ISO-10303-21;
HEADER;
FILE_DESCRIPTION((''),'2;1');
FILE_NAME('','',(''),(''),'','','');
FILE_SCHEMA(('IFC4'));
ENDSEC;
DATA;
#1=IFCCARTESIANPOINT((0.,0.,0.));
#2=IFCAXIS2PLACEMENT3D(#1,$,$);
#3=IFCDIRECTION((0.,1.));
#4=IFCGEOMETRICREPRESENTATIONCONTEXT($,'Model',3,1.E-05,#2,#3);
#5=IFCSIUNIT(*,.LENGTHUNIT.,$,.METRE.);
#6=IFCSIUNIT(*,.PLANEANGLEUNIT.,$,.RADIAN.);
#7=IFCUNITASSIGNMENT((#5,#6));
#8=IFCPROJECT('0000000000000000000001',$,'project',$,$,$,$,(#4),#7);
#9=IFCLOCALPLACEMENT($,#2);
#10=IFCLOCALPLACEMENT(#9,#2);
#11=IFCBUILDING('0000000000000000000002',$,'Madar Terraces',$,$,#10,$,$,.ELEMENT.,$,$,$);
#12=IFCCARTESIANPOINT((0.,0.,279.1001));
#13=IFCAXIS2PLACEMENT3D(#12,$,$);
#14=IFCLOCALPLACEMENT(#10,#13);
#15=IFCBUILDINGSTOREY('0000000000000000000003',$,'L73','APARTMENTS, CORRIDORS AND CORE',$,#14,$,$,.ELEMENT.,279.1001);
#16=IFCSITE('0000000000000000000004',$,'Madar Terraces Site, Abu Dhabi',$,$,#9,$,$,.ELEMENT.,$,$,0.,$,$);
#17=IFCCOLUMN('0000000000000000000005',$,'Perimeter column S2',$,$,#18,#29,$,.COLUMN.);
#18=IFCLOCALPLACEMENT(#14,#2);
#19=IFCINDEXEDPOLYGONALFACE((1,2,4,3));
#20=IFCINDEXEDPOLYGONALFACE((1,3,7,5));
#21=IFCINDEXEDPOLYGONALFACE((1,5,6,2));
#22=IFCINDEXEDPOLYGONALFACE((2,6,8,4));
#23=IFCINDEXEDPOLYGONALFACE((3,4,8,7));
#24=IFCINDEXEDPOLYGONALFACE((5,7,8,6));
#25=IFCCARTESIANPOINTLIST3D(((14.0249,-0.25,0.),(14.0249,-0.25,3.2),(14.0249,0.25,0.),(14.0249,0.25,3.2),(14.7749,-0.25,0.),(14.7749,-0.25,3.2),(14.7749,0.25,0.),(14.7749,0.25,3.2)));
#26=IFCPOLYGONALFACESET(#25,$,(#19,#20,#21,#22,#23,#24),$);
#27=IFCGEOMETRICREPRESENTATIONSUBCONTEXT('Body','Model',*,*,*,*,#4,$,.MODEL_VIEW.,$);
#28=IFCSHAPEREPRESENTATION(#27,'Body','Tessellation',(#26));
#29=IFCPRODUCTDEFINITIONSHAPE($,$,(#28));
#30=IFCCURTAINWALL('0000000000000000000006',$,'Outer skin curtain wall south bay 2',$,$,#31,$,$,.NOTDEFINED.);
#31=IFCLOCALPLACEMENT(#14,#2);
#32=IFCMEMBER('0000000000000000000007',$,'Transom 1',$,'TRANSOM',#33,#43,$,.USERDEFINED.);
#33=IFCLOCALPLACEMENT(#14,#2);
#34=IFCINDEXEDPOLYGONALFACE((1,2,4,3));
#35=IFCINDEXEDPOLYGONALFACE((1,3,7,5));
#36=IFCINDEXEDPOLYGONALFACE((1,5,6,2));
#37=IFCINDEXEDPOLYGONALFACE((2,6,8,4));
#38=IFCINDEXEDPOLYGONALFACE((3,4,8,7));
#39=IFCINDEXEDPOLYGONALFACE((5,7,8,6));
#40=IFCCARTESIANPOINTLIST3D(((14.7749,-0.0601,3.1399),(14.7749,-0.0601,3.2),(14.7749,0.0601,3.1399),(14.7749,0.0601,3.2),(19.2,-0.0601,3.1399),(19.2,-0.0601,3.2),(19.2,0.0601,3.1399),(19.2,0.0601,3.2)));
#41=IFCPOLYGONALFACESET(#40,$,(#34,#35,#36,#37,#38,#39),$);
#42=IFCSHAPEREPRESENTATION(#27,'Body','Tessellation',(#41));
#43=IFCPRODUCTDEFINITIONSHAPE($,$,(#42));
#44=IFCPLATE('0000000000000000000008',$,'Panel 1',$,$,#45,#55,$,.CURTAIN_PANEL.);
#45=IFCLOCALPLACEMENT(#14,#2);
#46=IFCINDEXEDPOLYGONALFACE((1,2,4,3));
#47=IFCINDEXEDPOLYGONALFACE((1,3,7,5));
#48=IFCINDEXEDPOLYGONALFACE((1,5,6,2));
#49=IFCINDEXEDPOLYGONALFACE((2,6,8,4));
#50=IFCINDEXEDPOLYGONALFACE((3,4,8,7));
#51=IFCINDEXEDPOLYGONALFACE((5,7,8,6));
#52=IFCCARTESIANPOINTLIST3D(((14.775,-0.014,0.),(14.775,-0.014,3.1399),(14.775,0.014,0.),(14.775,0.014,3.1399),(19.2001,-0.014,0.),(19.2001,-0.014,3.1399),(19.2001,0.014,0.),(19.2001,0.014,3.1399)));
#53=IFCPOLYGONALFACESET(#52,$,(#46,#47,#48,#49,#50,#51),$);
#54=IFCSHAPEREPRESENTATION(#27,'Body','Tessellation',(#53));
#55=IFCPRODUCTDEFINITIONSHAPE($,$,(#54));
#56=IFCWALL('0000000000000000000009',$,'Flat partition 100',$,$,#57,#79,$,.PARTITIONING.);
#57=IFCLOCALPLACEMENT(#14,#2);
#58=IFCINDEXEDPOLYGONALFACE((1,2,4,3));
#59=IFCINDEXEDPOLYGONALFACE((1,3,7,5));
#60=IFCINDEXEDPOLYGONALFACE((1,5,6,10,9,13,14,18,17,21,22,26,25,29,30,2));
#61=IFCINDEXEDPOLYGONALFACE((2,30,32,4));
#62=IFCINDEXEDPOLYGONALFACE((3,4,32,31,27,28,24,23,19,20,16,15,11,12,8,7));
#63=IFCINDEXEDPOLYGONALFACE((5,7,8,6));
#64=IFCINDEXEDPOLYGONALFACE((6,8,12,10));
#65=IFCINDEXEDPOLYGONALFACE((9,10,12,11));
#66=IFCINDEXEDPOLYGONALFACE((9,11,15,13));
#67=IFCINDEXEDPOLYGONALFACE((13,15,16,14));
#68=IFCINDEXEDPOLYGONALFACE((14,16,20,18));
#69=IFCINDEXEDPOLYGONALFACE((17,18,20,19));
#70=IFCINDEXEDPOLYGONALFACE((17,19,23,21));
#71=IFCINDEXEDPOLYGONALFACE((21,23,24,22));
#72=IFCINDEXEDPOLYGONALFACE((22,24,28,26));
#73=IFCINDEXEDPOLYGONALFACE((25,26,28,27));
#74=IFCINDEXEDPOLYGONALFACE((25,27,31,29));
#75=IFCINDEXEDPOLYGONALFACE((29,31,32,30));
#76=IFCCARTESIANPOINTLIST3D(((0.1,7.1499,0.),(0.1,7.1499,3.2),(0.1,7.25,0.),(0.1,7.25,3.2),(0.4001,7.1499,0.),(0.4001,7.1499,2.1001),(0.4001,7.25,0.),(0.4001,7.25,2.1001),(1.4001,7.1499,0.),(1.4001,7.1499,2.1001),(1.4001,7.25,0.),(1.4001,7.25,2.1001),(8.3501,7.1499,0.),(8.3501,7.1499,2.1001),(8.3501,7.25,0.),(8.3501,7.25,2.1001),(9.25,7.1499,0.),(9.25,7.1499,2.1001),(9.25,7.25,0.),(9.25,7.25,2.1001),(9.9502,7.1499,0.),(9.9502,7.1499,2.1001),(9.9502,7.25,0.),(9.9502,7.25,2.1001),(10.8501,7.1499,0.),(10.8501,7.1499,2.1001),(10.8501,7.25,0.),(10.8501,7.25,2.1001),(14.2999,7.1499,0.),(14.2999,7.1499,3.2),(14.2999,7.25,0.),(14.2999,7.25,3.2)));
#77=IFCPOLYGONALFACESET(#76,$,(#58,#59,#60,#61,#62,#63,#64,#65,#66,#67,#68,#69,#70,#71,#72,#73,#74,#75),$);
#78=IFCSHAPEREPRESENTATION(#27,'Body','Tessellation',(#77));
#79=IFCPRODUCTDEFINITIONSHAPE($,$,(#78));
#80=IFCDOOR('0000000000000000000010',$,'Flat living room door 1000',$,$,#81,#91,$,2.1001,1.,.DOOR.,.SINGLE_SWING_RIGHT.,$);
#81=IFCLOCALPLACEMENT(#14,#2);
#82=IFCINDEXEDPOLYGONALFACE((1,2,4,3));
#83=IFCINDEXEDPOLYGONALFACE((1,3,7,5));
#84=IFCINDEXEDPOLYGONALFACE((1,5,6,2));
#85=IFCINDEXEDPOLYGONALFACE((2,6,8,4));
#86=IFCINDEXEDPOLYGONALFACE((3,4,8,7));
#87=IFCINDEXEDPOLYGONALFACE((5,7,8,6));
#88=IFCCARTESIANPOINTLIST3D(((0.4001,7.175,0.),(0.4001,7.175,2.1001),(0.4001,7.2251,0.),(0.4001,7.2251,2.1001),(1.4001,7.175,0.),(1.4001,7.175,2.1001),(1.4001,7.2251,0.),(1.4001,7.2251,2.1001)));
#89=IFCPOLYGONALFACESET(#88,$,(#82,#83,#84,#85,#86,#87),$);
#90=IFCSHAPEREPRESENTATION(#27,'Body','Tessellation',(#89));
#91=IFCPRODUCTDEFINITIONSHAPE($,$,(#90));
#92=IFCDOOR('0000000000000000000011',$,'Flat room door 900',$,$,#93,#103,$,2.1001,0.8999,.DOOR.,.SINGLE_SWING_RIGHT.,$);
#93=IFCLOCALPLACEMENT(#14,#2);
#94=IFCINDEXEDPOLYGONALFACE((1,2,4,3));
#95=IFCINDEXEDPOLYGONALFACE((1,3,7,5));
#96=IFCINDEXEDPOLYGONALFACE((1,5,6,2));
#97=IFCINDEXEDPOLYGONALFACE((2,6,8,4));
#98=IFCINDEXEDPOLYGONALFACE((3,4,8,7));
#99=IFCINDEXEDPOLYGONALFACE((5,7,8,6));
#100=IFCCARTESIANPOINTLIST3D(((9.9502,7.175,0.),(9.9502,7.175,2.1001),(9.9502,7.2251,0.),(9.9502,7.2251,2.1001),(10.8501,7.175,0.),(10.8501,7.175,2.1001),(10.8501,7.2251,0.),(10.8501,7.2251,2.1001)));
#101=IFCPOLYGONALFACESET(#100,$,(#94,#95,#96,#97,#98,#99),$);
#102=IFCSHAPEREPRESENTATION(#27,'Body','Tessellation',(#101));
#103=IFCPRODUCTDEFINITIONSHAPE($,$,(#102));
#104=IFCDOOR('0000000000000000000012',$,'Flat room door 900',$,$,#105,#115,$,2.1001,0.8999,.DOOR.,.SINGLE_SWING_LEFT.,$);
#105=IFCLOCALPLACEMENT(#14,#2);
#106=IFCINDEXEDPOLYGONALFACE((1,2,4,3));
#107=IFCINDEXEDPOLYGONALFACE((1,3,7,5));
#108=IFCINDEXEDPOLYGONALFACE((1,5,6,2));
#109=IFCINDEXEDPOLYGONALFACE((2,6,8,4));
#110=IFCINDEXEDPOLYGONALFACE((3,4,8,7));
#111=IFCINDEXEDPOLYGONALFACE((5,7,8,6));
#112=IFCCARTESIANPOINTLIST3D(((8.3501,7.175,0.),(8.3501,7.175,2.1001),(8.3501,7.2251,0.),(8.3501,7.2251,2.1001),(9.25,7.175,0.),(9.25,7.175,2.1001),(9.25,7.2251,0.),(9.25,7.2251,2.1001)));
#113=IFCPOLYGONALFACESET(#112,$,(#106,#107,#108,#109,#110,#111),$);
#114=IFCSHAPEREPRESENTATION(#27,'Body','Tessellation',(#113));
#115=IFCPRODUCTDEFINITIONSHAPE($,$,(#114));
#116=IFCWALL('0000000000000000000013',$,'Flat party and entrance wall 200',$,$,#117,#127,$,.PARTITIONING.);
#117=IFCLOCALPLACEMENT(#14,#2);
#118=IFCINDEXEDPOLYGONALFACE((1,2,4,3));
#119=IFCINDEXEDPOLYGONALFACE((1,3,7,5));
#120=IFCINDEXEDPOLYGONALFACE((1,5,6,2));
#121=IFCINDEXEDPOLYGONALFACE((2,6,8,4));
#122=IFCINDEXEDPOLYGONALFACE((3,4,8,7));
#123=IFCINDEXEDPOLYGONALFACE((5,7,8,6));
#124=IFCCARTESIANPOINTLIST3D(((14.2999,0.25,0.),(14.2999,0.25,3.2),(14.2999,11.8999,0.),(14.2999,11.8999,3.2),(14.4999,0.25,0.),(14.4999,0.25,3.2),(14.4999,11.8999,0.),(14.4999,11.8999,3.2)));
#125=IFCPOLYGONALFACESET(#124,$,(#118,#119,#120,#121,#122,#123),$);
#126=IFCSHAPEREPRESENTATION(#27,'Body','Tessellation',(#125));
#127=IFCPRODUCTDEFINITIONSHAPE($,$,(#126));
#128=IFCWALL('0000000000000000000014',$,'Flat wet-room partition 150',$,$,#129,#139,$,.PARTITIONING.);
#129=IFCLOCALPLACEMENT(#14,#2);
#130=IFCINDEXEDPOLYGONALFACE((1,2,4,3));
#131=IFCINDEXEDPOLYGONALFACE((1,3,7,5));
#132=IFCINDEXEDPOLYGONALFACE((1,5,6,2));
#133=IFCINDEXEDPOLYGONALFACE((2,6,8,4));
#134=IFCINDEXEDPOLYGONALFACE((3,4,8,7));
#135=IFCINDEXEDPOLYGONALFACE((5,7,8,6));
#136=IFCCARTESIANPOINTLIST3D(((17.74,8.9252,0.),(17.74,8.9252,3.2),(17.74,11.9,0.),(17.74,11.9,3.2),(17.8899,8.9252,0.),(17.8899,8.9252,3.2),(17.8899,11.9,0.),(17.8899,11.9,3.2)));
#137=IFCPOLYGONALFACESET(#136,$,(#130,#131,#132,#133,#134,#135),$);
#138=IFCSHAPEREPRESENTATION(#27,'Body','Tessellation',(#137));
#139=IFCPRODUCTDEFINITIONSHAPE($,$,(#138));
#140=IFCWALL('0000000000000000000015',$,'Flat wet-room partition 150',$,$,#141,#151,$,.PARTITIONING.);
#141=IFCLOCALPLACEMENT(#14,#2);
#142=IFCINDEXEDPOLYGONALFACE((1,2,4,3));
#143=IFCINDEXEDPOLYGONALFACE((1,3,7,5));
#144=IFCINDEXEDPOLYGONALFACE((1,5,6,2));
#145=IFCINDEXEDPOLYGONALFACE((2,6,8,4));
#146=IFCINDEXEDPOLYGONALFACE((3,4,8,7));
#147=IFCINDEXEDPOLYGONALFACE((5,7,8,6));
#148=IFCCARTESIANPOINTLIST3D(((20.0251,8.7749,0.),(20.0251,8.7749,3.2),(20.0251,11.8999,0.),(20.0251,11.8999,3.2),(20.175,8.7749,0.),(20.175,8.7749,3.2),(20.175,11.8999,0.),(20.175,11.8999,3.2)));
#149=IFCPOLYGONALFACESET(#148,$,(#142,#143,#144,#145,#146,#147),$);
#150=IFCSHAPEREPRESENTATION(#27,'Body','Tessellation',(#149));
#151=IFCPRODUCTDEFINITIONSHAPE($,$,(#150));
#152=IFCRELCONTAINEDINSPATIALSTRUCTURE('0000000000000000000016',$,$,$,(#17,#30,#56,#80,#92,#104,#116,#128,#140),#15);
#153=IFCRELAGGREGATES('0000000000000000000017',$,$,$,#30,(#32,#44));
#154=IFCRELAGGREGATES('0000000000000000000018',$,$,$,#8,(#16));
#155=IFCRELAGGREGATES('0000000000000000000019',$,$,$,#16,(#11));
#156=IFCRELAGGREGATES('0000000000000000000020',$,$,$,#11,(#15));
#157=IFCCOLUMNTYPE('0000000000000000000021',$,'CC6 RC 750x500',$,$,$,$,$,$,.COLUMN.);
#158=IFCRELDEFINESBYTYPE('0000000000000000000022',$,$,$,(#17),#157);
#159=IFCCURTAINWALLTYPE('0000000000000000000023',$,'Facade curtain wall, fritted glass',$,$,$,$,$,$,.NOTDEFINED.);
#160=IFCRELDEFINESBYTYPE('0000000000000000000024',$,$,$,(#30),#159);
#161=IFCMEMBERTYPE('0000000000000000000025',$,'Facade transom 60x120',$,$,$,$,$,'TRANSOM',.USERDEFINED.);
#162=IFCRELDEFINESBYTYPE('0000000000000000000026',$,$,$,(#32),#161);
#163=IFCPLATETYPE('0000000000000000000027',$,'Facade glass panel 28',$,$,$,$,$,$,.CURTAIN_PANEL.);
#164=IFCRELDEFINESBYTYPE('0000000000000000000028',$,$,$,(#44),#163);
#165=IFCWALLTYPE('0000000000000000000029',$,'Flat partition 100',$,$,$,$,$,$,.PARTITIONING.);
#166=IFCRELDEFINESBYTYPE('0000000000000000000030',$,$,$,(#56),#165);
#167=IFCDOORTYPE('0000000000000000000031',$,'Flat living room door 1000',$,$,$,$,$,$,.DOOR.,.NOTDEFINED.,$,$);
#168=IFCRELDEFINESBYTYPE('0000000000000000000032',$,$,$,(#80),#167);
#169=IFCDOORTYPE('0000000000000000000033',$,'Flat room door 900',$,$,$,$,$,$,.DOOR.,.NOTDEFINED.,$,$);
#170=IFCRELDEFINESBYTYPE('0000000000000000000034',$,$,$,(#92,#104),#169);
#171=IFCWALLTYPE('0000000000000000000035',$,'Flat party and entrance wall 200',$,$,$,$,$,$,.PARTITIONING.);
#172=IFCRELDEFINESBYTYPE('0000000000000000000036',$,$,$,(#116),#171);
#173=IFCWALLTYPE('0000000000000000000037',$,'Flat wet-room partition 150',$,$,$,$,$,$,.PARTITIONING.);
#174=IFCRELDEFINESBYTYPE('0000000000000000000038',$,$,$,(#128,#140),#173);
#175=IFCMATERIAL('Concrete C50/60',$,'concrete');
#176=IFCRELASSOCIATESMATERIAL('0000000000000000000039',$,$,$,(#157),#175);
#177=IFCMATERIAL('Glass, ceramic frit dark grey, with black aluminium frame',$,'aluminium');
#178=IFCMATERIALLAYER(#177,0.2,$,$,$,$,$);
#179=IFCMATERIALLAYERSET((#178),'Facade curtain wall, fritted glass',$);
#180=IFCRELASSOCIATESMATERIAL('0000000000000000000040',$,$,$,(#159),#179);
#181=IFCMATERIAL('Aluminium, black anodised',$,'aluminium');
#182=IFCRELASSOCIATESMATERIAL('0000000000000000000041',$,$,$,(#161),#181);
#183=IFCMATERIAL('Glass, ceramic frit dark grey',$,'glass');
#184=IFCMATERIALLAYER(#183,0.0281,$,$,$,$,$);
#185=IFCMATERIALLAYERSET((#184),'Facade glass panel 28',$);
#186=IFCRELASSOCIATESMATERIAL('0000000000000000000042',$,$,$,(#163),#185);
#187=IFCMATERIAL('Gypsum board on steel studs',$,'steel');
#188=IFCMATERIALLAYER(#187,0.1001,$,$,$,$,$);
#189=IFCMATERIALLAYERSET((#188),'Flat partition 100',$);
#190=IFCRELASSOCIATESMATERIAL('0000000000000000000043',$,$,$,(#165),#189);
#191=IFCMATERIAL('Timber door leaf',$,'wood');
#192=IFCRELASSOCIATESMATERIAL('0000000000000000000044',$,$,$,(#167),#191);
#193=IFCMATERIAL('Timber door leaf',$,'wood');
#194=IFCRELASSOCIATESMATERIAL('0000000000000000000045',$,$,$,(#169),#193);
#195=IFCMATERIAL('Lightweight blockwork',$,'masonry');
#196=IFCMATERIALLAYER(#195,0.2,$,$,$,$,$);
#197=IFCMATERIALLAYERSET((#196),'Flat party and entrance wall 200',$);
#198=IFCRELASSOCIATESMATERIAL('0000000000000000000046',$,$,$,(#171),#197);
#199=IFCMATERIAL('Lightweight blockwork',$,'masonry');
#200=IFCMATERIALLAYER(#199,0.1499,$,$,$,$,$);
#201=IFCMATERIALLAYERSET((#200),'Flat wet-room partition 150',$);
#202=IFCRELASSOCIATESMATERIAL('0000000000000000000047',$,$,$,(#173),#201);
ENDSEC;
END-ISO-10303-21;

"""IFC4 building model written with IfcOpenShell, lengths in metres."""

from ifc_helpers import new_model, si_unit, direction, frame, frame_2d, origin, origin_2d, place, context, subcontext, project, spatial, rectangle, extrude, material, layer, layer_set, material_profile, profile_set, type_object, element, fill, aggregate, save


model = new_model("IFC4")

# Units and contexts
model_context = context("Model", 3, precision=1e-05, world=origin(), true_north=direction((0.0, 1.0)))
body_context = subcontext(model_context, "Body", "Model", "MODEL_VIEW")
ifc_project = project(units=[si_unit("LENGTHUNIT", "METRE"), si_unit("PLANEANGLEUNIT", "RADIAN")], contexts=[model_context])

# Site, building, storey
site_placement = place(None, origin())
site = spatial("IfcSite", under=ifc_project, at=site_placement, Name="Madar Terraces Site, Abu Dhabi", CompositionType="ELEMENT", RefElevation=0.0)
building_placement = place(site_placement, origin())
building = spatial("IfcBuilding", under=site, at=building_placement, Name="Madar Terraces", CompositionType="ELEMENT")
storey_placement = place(building_placement, frame((0.0, 0.0, 279.1001)))
storey = spatial("IfcBuildingStorey", under=building, at=storey_placement, Name="L73", Description="APARTMENTS, CORRIDORS AND CORE", CompositionType="ELEMENT", Elevation=279.1001)

# Column
ifc_material_1 = material(Name="Concrete C50/60", Category="concrete")
ifc_material_profile_1 = material_profile(ifc_material_1, rectangle(XDim=0.75, YDim=0.5, at=origin_2d()), Name="CC6 RC 750x500")
ifc_profile_set_1 = profile_set([ifc_material_profile_1], Name="Concrete C50/60")
column_type = type_object("IfcColumnType", Name="CC6 RC 750x500", PredefinedType="COLUMN", material=ifc_profile_set_1)
column_placement = place(storey_placement, frame((14.3999, 0.0, 0.0), z_axis=(0.0, 0.0, 1.0), x_axis=(1.0, 0.0, 0.0)))
element("IfcColumn", 1, at=column_placement, inside=storey, type_object=column_type, Name="Perimeter column S2", PredefinedType="COLUMN", context=body_context, shape_type="SweptSolid", body=[
    extrude(rectangle(XDim=0.75, YDim=0.5, at=origin_2d()), origin(), (0.0, 0.0, 1.0), 3.2),
])

# Curtain wall, member, plate
ifc_material_2 = material(Name="Glass, ceramic frit dark grey, with black aluminium frame", Category="aluminium")
ifc_layer_1 = layer(ifc_material_2, 0.2)
ifc_layer_set_1 = layer_set([ifc_layer_1], Name="Facade curtain wall, fritted glass")
curtain_wall_type = type_object("IfcCurtainWallType", Name="Facade curtain wall, fritted glass", PredefinedType="NOTDEFINED", material=ifc_layer_set_1)
curtain_wall_placement = place(storey_placement, origin())
curtain_wall = element("IfcCurtainWall", 2, at=curtain_wall_placement, inside=storey, type_object=curtain_wall_type, Name="Outer skin curtain wall south bay 2", PredefinedType="NOTDEFINED")
ifc_material_3 = material(Name="Aluminium, black anodised", Category="aluminium")
ifc_material_profile_2 = material_profile(ifc_material_3, rectangle(XDim=0.1201, YDim=0.0601, at=origin_2d()), Name="Facade transom 60x120")
ifc_profile_set_2 = profile_set([ifc_material_profile_2], Name="Aluminium, black anodised")
member_type = type_object("IfcMemberType", Name="Facade transom 60x120", ElementType="TRANSOM", PredefinedType="USERDEFINED", material=ifc_profile_set_2)
member_placement = place(storey_placement, frame((14.7749, 0.0, 3.1699), z_axis=(1.0, 0.0, 0.0), x_axis=(0.0, 1.0, 0.0)))
member = element("IfcMember", 3, at=member_placement, type_object=member_type, Name="Transom 1", ObjectType="TRANSOM", PredefinedType="USERDEFINED", context=body_context, shape_type="SweptSolid", body=[
    extrude(rectangle(XDim=0.1201, YDim=0.0601, at=origin_2d()), origin(), (0.0, 0.0, 1.0), 4.425),
])
ifc_material_4 = material(Name="Glass, ceramic frit dark grey", Category="glass")
ifc_layer_2 = layer(ifc_material_4, 0.0281)
ifc_layer_set_2 = layer_set([ifc_layer_2], Name="Facade glass panel 28")
plate_type = type_object("IfcPlateType", Name="Facade glass panel 28", PredefinedType="CURTAIN_PANEL", material=ifc_layer_set_2)
plate_placement = place(storey_placement, frame((16.9875, 0.0, 0.0), z_axis=(0.0, 0.0, 1.0), x_axis=(1.0, 0.0, 0.0)))
plate = element("IfcPlate", 4, at=plate_placement, type_object=plate_type, Name="Panel 1", PredefinedType="CURTAIN_PANEL", context=body_context, shape_type="SweptSolid", body=[
    extrude(rectangle(XDim=4.425, YDim=0.0281, at=origin_2d()), origin(), (0.0, 0.0, 1.0), 3.1399),
])
aggregate(curtain_wall, [member, plate])

# Wall, openings, doors
ifc_material_5 = material(Name="Gypsum board on steel studs", Category="steel")
ifc_layer_3 = layer(ifc_material_5, 0.1001)
ifc_layer_set_3 = layer_set([ifc_layer_3], Name="Flat partition 100")
wall_type_1 = type_object("IfcWallType", Name="Flat partition 100", PredefinedType="PARTITIONING", material=ifc_layer_set_3)
wall_1_placement = place(storey_placement, frame((14.3, 7.2, 0.0), z_axis=(0.0, 0.0, 1.0), x_axis=(-1.0, 0.0, 0.0)))
wall_1 = element("IfcWall", 5, at=wall_1_placement, inside=storey, type_object=wall_type_1, Name="Flat partition 100", PredefinedType="PARTITIONING", context=body_context, shape_type="SweptSolid", body=[
    extrude(rectangle(XDim=14.2, YDim=0.1001, at=frame_2d((7.1001, 0.0))), origin(), (0.0, 0.0, 1.0), 3.2),
])
opening_1_placement = place(wall_1_placement, frame((3.45, 0.0, 0.0)))
opening_1 = element("IfcOpeningElement", 6, at=opening_1_placement, cuts=wall_1, PredefinedType="OPENING", context=body_context, shape_type="SweptSolid", body=[
    extrude(rectangle(XDim=0.8999, YDim=2.1001, at=frame_2d((0.45, 1.05))), frame((0.0, 0.0601, 0.0), z_axis=(0.0, -1.0, 0.0), x_axis=(1.0, 0.0, 0.0)), (0.0, 0.0, 1.0), 0.1201),
])
opening_2_placement = place(wall_1_placement, frame((5.05, 0.0, 0.0)))
opening_2 = element("IfcOpeningElement", 7, at=opening_2_placement, cuts=wall_1, PredefinedType="OPENING", context=body_context, shape_type="SweptSolid", body=[
    extrude(rectangle(XDim=0.8999, YDim=2.1001, at=frame_2d((0.45, 1.05))), frame((0.0, 0.0601, 0.0), z_axis=(0.0, -1.0, 0.0), x_axis=(1.0, 0.0, 0.0)), (0.0, 0.0, 1.0), 0.1201),
])
opening_3_placement = place(wall_1_placement, frame((12.8999, 0.0, 0.0)))
opening_3 = element("IfcOpeningElement", 8, at=opening_3_placement, cuts=wall_1, PredefinedType="OPENING", context=body_context, shape_type="SweptSolid", body=[
    extrude(rectangle(XDim=1.0, YDim=2.1001, at=frame_2d((0.5, 1.05))), frame((0.0, 0.0601, 0.0), z_axis=(0.0, -1.0, 0.0), x_axis=(1.0, 0.0, 0.0)), (0.0, 0.0, 1.0), 0.1201),
])
ifc_material_6 = material(Name="Timber door leaf", Category="wood")
door_type_1 = type_object("IfcDoorType", Name="Flat living room door 1000", OperationType="NOTDEFINED", PredefinedType="DOOR", material=ifc_material_6)
door_1_placement = place(opening_3_placement, origin())
door_1 = element("IfcDoor", 9, at=door_1_placement, inside=storey, type_object=door_type_1, Name="Flat living room door 1000", OperationType="SINGLE_SWING_RIGHT", OverallHeight=2.1001, OverallWidth=1.0, PredefinedType="DOOR", context=body_context, shape_type="SweptSolid", body=[
    extrude(rectangle(XDim=1.0, YDim=2.1001, at=frame_2d((0.5, 1.05))), frame((0.0, 0.0249, 0.0), z_axis=(0.0, -1.0, 0.0), x_axis=(1.0, 0.0, 0.0)), (0.0, 0.0, 1.0), 0.05),
])
fill(opening_3, door_1)
ifc_material_7 = material(Name="Timber door leaf", Category="wood")
door_type_2 = type_object("IfcDoorType", Name="Flat room door 900", OperationType="NOTDEFINED", PredefinedType="DOOR", material=ifc_material_7)
door_2_placement = place(opening_1_placement, origin())
door_2 = element("IfcDoor", 10, at=door_2_placement, inside=storey, type_object=door_type_2, Name="Flat room door 900", OperationType="SINGLE_SWING_RIGHT", OverallHeight=2.1001, OverallWidth=0.8999, PredefinedType="DOOR", context=body_context, shape_type="SweptSolid", body=[
    extrude(rectangle(XDim=0.8999, YDim=2.1001, at=frame_2d((0.45, 1.05))), frame((0.0, 0.0249, 0.0), z_axis=(0.0, -1.0, 0.0), x_axis=(1.0, 0.0, 0.0)), (0.0, 0.0, 1.0), 0.05),
])
fill(opening_1, door_2)
door_3_placement = place(opening_2_placement, origin())
door_3 = element("IfcDoor", 11, at=door_3_placement, inside=storey, type_object=door_type_2, Name="Flat room door 900", OperationType="SINGLE_SWING_LEFT", OverallHeight=2.1001, OverallWidth=0.8999, PredefinedType="DOOR", context=body_context, shape_type="SweptSolid", body=[
    extrude(rectangle(XDim=0.8999, YDim=2.1001, at=frame_2d((0.45, 1.05))), frame((0.0, 0.0249, 0.0), z_axis=(0.0, -1.0, 0.0), x_axis=(1.0, 0.0, 0.0)), (0.0, 0.0, 1.0), 0.05),
])
fill(opening_2, door_3)

# Walls
ifc_material_8 = material(Name="Lightweight blockwork", Category="masonry")
ifc_layer_4 = layer(ifc_material_8, 0.2)
ifc_layer_set_4 = layer_set([ifc_layer_4], Name="Flat party and entrance wall 200")
wall_type_2 = type_object("IfcWallType", Name="Flat party and entrance wall 200", PredefinedType="PARTITIONING", material=ifc_layer_set_4)
wall_2_placement = place(storey_placement, frame((14.3999, 11.8999, 0.0), z_axis=(0.0, 0.0, 1.0), x_axis=(0.0, -1.0, 0.0)))
element("IfcWall", 12, at=wall_2_placement, inside=storey, type_object=wall_type_2, Name="Flat party and entrance wall 200", PredefinedType="PARTITIONING", context=body_context, shape_type="SweptSolid", body=[
    extrude(rectangle(XDim=11.6499, YDim=0.2, at=frame_2d((5.825, 0.0))), origin(), (0.0, 0.0, 1.0), 3.2),
])
ifc_material_9 = material(Name="Lightweight blockwork", Category="masonry")
ifc_layer_5 = layer(ifc_material_9, 0.1499)
ifc_layer_set_5 = layer_set([ifc_layer_5], Name="Flat wet-room partition 150")
wall_type_3 = type_object("IfcWallType", Name="Flat wet-room partition 150", PredefinedType="PARTITIONING", material=ifc_layer_set_5)
wall_3_placement = place(storey_placement, frame((17.8149, 11.8999, 0.0), z_axis=(0.0, 0.0, 1.0), x_axis=(0.0, -1.0, 0.0)))
element("IfcWall", 13, at=wall_3_placement, inside=storey, type_object=wall_type_3, Name="Flat wet-room partition 150", PredefinedType="PARTITIONING", context=body_context, shape_type="SweptSolid", body=[
    extrude(rectangle(XDim=2.9749, YDim=0.1499, at=frame_2d((1.4873, 0.0))), origin(), (0.0, 0.0, 1.0), 3.2),
])
wall_4_placement = place(storey_placement, frame((20.1001, 11.8999, 0.0), z_axis=(0.0, 0.0, 1.0), x_axis=(0.0, -1.0, 0.0)))
element("IfcWall", 14, at=wall_4_placement, inside=storey, type_object=wall_type_3, Name="Flat wet-room partition 150", PredefinedType="PARTITIONING", context=body_context, shape_type="SweptSolid", body=[
    extrude(rectangle(XDim=3.125, YDim=0.1499, at=frame_2d((1.5625, 0.0))), origin(), (0.0, 0.0, 1.0), 3.2),
])

save(model, "model.ifc")
